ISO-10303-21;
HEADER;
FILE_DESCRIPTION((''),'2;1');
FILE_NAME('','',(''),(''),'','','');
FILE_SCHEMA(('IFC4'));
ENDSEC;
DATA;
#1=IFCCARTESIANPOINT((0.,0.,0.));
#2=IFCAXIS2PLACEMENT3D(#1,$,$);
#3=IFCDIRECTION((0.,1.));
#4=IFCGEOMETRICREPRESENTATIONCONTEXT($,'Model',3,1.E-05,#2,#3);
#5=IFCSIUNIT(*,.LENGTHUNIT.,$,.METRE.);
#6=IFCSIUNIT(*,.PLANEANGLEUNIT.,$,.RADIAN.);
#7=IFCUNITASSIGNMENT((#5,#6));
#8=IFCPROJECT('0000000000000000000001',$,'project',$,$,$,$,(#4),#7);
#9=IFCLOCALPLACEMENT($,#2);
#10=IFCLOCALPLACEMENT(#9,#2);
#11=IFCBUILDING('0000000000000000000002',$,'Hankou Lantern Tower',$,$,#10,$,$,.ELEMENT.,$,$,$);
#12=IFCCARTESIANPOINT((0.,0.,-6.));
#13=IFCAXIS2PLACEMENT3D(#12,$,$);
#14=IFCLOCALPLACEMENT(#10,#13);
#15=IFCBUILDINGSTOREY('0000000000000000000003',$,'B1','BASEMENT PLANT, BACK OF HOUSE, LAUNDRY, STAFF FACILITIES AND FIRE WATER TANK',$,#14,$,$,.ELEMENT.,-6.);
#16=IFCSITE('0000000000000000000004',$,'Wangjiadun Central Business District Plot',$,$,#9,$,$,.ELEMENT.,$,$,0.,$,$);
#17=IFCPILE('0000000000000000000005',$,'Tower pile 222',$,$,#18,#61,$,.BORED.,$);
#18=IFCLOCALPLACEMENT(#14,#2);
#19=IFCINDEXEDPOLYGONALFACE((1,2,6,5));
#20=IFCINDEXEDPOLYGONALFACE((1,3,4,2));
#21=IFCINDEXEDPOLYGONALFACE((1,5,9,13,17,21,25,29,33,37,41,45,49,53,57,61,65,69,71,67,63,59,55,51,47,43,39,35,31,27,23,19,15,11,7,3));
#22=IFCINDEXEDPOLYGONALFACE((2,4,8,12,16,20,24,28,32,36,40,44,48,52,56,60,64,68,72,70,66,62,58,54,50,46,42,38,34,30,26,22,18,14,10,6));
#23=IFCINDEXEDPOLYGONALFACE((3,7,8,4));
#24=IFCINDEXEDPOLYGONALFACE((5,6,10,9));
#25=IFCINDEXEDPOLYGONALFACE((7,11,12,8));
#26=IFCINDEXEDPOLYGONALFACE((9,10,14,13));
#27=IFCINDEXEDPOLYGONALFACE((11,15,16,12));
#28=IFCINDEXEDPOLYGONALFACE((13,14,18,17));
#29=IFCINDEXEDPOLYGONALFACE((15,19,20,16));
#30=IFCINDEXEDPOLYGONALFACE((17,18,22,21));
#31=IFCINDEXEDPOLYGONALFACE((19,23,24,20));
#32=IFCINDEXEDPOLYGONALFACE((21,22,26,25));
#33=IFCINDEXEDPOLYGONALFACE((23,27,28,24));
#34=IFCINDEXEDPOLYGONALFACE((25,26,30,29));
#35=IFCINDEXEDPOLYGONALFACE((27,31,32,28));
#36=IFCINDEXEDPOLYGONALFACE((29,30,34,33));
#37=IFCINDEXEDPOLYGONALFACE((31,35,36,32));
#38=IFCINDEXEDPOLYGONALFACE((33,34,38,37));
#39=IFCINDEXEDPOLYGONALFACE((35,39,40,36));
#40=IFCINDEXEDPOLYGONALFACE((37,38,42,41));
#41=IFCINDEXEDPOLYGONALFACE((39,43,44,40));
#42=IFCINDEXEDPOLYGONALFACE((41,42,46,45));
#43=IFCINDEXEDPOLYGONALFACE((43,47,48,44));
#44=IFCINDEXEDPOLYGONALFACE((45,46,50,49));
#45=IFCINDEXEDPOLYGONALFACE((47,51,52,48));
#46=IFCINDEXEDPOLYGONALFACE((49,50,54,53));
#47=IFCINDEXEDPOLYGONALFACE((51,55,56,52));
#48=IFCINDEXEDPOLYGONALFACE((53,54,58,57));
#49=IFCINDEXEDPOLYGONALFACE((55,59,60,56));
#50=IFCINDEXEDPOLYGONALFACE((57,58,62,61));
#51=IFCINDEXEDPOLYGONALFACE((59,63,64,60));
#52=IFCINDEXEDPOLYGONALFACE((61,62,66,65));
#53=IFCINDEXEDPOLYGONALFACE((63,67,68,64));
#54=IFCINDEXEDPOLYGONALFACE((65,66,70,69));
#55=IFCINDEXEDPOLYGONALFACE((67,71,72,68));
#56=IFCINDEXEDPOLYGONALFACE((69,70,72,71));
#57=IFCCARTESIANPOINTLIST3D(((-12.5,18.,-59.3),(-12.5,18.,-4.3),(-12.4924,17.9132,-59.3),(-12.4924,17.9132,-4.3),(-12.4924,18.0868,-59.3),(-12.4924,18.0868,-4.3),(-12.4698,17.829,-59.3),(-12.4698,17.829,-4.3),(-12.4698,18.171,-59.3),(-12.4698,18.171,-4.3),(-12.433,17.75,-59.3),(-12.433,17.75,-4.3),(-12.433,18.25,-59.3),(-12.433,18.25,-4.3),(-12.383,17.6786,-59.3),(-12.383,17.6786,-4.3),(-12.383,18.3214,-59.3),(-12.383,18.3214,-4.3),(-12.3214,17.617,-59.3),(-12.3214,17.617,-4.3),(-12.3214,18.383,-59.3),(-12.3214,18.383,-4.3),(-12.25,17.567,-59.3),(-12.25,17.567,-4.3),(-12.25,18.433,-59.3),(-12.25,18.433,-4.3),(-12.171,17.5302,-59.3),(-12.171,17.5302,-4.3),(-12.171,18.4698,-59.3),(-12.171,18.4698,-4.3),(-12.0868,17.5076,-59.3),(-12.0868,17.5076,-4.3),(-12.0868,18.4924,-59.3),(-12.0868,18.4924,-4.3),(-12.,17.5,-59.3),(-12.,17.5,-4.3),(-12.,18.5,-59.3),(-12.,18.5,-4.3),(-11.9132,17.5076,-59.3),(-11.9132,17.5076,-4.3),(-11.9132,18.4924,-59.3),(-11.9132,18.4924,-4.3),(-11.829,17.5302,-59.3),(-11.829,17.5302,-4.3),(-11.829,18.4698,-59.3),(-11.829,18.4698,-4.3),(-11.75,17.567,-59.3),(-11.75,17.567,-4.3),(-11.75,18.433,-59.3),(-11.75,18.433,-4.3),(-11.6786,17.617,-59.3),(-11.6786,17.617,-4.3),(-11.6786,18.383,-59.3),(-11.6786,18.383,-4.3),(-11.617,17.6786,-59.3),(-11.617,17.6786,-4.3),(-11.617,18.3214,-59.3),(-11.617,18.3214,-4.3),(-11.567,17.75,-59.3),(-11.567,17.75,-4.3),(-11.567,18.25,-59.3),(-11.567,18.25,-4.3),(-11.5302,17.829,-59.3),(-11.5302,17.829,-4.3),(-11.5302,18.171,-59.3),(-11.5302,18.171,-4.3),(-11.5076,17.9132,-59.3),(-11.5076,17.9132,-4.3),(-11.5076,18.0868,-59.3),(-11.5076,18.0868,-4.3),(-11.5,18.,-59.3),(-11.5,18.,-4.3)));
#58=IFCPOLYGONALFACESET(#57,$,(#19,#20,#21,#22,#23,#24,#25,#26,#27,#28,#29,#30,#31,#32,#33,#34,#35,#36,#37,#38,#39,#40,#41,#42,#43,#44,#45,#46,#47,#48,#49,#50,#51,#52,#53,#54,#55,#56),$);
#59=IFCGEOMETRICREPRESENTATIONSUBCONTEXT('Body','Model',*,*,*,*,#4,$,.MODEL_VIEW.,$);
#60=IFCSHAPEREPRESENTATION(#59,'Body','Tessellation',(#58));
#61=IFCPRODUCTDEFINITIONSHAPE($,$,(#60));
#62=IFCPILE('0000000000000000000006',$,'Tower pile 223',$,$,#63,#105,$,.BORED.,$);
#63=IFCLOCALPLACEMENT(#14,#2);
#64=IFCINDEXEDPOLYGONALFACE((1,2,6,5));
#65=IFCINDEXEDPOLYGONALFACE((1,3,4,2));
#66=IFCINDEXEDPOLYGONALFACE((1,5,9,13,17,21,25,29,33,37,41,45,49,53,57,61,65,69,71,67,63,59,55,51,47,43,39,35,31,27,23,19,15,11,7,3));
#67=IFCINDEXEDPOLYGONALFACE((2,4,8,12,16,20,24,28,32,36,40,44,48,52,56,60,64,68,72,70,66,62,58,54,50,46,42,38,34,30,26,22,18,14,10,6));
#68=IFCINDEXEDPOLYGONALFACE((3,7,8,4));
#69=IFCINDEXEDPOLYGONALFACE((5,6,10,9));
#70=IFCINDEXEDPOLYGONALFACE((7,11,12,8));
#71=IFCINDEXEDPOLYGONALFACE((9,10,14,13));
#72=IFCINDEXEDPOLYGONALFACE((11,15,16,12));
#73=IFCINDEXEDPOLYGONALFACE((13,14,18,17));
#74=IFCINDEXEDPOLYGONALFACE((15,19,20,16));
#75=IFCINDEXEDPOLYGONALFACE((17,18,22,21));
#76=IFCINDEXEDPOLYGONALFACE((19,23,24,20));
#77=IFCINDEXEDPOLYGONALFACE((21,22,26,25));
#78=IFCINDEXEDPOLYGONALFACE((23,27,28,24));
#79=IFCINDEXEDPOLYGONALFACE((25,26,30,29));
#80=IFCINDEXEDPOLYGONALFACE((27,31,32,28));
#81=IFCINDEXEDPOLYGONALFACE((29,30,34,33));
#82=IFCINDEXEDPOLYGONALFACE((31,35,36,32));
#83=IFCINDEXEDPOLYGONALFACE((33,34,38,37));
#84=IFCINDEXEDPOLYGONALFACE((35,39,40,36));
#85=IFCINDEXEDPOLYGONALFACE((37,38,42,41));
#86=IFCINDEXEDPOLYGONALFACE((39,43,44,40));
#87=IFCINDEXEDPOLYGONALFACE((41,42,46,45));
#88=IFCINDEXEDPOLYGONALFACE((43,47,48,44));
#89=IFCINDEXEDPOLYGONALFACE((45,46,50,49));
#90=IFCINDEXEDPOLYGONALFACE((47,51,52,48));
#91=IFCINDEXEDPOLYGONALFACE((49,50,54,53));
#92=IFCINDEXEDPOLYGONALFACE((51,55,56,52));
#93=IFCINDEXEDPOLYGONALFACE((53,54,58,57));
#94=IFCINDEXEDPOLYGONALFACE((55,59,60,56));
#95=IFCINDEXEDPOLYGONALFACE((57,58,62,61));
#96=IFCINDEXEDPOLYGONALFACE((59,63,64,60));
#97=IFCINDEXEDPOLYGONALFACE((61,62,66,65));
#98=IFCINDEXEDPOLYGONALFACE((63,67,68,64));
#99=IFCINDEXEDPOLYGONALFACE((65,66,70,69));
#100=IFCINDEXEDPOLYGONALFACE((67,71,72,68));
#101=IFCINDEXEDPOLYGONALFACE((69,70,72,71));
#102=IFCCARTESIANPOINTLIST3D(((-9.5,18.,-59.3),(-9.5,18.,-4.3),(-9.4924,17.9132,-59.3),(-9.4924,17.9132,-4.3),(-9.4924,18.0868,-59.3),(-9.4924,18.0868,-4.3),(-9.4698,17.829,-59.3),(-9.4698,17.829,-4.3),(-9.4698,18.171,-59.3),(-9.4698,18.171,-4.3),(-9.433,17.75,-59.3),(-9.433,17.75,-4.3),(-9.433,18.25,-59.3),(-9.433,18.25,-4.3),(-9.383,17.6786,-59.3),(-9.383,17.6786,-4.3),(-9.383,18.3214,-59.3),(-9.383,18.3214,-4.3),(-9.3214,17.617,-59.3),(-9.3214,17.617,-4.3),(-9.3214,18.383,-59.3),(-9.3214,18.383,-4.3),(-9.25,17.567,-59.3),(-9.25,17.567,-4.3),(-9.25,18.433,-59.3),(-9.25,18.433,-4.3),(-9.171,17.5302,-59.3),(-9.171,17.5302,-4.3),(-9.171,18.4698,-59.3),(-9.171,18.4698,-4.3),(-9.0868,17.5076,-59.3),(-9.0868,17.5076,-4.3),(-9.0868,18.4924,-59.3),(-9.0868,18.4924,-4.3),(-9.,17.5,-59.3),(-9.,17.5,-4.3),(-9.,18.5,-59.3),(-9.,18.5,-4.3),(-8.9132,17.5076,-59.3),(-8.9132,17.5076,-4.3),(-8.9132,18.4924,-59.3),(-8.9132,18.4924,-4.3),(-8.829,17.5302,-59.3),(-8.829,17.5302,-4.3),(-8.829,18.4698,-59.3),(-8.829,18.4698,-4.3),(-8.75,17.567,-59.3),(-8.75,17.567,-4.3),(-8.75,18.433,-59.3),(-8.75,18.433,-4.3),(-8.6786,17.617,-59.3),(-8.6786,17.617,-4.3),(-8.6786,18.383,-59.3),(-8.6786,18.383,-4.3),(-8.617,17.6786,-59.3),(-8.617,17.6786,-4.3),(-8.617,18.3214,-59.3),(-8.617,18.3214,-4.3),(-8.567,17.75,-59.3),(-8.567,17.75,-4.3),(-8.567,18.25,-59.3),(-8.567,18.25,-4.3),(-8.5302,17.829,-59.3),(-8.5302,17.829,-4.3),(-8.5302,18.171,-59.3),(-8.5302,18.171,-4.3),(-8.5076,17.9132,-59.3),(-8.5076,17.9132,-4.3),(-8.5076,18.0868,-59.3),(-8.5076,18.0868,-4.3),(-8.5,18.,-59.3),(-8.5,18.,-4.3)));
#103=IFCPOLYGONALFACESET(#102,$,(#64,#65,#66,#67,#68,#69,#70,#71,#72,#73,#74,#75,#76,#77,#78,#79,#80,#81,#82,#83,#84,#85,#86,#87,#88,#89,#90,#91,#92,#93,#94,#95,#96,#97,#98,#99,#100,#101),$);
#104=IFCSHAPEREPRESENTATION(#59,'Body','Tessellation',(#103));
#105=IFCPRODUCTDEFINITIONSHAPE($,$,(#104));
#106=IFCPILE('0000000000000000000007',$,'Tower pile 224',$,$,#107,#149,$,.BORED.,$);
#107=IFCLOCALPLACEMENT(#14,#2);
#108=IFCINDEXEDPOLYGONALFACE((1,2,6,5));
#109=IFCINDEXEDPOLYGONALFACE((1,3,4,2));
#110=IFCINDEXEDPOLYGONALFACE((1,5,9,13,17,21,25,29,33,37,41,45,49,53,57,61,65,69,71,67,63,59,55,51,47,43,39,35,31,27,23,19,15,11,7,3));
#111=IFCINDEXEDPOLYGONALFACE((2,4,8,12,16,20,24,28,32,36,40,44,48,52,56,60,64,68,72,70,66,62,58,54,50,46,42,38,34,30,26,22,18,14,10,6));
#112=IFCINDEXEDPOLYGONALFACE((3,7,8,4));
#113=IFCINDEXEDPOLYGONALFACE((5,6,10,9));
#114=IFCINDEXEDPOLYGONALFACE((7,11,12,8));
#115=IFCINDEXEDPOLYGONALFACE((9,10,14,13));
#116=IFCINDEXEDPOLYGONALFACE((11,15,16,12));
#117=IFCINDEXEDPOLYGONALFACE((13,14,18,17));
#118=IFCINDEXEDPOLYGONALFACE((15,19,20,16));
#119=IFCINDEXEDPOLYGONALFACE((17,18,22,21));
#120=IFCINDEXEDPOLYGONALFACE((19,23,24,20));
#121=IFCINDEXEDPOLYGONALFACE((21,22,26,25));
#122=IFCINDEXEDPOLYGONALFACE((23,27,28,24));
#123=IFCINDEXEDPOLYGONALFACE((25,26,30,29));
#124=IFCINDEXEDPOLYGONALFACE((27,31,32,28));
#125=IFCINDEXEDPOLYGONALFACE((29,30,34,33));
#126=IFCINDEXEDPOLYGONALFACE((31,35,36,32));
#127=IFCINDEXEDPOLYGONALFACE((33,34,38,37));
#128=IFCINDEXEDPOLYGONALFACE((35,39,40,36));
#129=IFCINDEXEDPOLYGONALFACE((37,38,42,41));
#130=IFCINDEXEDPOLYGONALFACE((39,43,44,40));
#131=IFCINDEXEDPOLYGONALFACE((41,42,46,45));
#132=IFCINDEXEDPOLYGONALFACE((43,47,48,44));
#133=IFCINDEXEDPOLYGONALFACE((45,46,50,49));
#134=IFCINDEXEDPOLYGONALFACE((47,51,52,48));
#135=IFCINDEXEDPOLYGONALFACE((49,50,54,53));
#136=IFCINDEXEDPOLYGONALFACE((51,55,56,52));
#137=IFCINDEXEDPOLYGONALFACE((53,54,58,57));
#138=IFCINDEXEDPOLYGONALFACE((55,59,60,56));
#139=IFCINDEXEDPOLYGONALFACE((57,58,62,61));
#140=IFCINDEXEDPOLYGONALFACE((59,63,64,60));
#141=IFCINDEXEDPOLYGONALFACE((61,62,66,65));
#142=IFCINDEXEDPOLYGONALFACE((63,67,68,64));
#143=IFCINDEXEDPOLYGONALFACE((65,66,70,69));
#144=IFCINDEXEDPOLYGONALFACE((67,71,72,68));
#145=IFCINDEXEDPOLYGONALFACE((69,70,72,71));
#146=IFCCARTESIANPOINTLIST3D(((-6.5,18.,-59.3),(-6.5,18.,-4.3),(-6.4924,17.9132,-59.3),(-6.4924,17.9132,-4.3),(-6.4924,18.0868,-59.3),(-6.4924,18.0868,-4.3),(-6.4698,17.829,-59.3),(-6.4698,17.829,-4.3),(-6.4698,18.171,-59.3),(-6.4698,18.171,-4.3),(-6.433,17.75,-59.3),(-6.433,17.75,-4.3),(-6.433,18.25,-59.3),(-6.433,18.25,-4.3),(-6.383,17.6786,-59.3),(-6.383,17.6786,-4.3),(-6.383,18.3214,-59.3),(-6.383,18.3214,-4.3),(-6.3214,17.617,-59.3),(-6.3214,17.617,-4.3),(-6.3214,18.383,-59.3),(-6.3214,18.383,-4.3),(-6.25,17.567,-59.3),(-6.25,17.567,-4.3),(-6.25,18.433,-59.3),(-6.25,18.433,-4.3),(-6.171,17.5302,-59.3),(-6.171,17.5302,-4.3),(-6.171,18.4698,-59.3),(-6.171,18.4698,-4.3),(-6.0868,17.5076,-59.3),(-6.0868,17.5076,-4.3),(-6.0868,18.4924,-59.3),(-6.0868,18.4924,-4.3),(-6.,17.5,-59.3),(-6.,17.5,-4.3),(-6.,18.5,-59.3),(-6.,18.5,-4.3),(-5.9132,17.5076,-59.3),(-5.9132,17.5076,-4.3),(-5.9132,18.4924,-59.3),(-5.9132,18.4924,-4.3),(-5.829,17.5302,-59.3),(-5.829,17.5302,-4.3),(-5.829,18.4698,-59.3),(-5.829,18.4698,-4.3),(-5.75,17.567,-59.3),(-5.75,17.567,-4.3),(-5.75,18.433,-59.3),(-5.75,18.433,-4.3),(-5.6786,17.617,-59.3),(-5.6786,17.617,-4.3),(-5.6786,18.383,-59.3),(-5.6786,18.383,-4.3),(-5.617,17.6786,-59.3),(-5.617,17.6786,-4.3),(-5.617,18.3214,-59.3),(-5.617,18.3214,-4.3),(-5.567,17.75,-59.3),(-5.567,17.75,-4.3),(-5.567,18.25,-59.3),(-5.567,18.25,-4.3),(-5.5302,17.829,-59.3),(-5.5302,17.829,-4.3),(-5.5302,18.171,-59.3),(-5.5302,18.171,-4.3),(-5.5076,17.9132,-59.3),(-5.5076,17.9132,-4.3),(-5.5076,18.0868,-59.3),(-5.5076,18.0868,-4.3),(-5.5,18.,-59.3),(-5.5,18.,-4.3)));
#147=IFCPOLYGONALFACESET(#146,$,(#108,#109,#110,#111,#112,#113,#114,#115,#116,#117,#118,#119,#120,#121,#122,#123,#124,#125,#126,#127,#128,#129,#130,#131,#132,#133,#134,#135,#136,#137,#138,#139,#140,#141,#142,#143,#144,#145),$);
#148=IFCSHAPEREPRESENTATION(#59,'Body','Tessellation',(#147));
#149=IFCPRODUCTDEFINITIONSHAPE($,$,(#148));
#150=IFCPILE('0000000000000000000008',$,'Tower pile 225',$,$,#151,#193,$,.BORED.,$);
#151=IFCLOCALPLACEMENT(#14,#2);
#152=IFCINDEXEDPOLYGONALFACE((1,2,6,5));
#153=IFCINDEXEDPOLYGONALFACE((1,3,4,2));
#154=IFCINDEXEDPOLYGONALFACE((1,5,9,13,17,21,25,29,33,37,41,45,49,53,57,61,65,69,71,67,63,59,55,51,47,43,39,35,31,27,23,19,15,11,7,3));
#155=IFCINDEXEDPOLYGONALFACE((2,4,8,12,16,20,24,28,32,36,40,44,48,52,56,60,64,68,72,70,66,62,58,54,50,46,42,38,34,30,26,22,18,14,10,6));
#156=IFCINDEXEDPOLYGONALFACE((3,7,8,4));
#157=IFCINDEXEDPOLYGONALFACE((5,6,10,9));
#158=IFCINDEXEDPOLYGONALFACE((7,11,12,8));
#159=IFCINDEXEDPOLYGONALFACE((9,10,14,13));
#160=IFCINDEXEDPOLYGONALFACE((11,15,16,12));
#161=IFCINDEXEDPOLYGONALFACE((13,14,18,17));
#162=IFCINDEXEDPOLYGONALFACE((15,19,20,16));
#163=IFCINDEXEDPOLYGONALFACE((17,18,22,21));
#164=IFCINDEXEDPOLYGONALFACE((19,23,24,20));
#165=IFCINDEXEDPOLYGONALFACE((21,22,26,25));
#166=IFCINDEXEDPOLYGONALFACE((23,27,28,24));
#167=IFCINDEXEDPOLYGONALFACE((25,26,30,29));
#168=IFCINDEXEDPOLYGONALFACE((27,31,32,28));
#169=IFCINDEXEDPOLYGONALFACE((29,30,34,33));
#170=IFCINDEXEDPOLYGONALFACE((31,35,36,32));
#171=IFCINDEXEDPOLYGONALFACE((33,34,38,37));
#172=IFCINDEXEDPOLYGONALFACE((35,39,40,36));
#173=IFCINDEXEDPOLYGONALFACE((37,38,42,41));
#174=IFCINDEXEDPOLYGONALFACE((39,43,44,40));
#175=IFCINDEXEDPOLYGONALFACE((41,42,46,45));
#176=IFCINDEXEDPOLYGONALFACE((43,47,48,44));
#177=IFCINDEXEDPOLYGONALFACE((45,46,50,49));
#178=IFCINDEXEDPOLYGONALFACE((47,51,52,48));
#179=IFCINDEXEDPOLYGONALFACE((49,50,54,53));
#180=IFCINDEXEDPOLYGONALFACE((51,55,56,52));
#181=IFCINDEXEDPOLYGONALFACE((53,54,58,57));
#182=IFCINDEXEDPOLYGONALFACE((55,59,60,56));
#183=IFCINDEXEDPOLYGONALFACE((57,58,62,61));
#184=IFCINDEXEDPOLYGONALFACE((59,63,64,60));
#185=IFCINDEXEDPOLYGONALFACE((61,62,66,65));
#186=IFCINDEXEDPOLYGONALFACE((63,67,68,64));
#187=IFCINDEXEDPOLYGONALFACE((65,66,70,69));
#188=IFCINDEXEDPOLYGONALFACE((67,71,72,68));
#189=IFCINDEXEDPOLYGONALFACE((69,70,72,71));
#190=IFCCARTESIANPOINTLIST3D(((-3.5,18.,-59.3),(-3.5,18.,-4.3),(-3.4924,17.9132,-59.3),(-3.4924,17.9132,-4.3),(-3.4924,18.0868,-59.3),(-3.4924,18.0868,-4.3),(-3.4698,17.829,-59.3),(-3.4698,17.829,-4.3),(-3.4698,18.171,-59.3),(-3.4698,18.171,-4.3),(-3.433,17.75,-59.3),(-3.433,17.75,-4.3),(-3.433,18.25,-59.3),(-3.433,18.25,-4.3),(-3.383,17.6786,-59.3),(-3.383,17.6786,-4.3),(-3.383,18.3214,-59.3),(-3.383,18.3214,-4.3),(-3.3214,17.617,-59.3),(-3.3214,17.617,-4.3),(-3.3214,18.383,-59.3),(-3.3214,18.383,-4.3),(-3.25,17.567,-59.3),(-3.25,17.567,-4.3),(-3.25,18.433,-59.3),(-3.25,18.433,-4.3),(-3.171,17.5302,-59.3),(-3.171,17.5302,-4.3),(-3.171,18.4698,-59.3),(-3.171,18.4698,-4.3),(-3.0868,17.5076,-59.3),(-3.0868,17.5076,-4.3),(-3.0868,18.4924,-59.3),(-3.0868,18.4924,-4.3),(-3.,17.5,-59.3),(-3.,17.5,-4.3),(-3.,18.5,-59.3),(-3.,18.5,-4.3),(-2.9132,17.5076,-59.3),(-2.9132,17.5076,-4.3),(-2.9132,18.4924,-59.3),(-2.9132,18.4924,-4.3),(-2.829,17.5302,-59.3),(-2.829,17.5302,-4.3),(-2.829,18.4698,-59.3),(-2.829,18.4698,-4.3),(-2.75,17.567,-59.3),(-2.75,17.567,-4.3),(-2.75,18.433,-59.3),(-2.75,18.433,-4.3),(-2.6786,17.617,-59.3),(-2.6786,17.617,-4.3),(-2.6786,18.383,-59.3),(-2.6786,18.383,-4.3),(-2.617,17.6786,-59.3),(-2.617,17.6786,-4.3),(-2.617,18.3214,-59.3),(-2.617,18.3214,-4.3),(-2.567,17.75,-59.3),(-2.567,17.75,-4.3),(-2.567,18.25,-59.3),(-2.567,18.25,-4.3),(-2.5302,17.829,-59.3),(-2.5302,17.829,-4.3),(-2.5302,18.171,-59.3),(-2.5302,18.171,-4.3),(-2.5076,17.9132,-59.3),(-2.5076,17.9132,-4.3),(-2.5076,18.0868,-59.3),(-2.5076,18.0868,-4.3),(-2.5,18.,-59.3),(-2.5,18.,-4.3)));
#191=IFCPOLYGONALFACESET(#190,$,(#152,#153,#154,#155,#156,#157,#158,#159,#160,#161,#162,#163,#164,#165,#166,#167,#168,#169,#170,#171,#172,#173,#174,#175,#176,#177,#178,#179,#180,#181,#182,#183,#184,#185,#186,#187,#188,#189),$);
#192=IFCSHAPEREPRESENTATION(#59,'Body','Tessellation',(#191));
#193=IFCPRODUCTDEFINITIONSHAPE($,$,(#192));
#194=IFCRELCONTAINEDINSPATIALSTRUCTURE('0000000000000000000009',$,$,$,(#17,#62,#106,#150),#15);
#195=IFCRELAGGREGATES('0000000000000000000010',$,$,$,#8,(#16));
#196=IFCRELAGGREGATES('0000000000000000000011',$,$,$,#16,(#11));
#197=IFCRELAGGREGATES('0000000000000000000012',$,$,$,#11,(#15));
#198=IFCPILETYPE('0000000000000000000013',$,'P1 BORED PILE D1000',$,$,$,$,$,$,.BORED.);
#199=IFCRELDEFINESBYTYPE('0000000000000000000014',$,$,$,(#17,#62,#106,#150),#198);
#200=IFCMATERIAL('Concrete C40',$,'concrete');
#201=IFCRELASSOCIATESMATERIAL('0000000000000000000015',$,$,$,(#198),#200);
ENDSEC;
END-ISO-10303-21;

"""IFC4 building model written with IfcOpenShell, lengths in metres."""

from ifc_helpers import new_model, si_unit, direction, frame, origin, origin_2d, place, context, subcontext, project, spatial, circle, extrude, material, material_profile, profile_set, type_object, element, save


model = new_model("IFC4")

# Units and contexts
model_context = context("Model", 3, precision=1e-05, world=origin(), true_north=direction((0.0, 1.0)))
body_context = subcontext(model_context, "Body", "Model", "MODEL_VIEW")
ifc_project = project(units=[si_unit("LENGTHUNIT", "METRE"), si_unit("PLANEANGLEUNIT", "RADIAN")], contexts=[model_context])

# Site, building, storey
site_placement = place(None, origin())
site = spatial("IfcSite", under=ifc_project, at=site_placement, Name="Wangjiadun Central Business District Plot", CompositionType="ELEMENT", RefElevation=0.0)
building_placement = place(site_placement, origin())
building = spatial("IfcBuilding", under=site, at=building_placement, Name="Hankou Lantern Tower", CompositionType="ELEMENT")
storey_placement = place(building_placement, frame((0.0, 0.0, -6.0)))
storey = spatial("IfcBuildingStorey", under=building, at=storey_placement, Name="B1", Description="BASEMENT PLANT, BACK OF HOUSE, LAUNDRY, STAFF FACILITIES AND FIRE WATER TANK", CompositionType="ELEMENT", Elevation=-6.0)

# Piles
ifc_material_1 = material(Name="Concrete C40", Category="concrete")
ifc_material_profile_1 = material_profile(ifc_material_1, circle(Radius=0.5, at=origin_2d()), Name="RC D1000")
ifc_profile_set_1 = profile_set([ifc_material_profile_1], Name="Concrete C40")
pile_type_1 = type_object("IfcPileType", Name="P1 BORED PILE D1000", PredefinedType="BORED", material=ifc_profile_set_1)
for number, where, z_axis, x_axis, name in (
    (1, (-12.0, 18.0, -4.3), (0.0, 0.0, -1.0), (1.0, 0.0, 0.0), "Tower pile 222"),
    (2, (-9.0, 18.0, -4.3), (0.0, 0.0, -1.0), (1.0, 0.0, 0.0), "Tower pile 223"),
    (3, (-6.0, 18.0, -4.3), (0.0, 0.0, -1.0), (1.0, 0.0, 0.0), "Tower pile 224"),
    (4, (-3.0, 18.0, -4.3), (0.0, 0.0, -1.0), (1.0, 0.0, 0.0), "Tower pile 225"),
):
    element("IfcPile", number, at=place(storey_placement, frame(where, z_axis=z_axis, x_axis=x_axis)), inside=storey, type_object=pile_type_1, Name=name, PredefinedType="BORED", context=body_context, shape_type="SweptSolid", body=[
        extrude(circle(Radius=0.5, at=origin_2d()), origin(), (0.0, 0.0, 1.0), 55.0),
    ])

save(model, "model.ifc")
